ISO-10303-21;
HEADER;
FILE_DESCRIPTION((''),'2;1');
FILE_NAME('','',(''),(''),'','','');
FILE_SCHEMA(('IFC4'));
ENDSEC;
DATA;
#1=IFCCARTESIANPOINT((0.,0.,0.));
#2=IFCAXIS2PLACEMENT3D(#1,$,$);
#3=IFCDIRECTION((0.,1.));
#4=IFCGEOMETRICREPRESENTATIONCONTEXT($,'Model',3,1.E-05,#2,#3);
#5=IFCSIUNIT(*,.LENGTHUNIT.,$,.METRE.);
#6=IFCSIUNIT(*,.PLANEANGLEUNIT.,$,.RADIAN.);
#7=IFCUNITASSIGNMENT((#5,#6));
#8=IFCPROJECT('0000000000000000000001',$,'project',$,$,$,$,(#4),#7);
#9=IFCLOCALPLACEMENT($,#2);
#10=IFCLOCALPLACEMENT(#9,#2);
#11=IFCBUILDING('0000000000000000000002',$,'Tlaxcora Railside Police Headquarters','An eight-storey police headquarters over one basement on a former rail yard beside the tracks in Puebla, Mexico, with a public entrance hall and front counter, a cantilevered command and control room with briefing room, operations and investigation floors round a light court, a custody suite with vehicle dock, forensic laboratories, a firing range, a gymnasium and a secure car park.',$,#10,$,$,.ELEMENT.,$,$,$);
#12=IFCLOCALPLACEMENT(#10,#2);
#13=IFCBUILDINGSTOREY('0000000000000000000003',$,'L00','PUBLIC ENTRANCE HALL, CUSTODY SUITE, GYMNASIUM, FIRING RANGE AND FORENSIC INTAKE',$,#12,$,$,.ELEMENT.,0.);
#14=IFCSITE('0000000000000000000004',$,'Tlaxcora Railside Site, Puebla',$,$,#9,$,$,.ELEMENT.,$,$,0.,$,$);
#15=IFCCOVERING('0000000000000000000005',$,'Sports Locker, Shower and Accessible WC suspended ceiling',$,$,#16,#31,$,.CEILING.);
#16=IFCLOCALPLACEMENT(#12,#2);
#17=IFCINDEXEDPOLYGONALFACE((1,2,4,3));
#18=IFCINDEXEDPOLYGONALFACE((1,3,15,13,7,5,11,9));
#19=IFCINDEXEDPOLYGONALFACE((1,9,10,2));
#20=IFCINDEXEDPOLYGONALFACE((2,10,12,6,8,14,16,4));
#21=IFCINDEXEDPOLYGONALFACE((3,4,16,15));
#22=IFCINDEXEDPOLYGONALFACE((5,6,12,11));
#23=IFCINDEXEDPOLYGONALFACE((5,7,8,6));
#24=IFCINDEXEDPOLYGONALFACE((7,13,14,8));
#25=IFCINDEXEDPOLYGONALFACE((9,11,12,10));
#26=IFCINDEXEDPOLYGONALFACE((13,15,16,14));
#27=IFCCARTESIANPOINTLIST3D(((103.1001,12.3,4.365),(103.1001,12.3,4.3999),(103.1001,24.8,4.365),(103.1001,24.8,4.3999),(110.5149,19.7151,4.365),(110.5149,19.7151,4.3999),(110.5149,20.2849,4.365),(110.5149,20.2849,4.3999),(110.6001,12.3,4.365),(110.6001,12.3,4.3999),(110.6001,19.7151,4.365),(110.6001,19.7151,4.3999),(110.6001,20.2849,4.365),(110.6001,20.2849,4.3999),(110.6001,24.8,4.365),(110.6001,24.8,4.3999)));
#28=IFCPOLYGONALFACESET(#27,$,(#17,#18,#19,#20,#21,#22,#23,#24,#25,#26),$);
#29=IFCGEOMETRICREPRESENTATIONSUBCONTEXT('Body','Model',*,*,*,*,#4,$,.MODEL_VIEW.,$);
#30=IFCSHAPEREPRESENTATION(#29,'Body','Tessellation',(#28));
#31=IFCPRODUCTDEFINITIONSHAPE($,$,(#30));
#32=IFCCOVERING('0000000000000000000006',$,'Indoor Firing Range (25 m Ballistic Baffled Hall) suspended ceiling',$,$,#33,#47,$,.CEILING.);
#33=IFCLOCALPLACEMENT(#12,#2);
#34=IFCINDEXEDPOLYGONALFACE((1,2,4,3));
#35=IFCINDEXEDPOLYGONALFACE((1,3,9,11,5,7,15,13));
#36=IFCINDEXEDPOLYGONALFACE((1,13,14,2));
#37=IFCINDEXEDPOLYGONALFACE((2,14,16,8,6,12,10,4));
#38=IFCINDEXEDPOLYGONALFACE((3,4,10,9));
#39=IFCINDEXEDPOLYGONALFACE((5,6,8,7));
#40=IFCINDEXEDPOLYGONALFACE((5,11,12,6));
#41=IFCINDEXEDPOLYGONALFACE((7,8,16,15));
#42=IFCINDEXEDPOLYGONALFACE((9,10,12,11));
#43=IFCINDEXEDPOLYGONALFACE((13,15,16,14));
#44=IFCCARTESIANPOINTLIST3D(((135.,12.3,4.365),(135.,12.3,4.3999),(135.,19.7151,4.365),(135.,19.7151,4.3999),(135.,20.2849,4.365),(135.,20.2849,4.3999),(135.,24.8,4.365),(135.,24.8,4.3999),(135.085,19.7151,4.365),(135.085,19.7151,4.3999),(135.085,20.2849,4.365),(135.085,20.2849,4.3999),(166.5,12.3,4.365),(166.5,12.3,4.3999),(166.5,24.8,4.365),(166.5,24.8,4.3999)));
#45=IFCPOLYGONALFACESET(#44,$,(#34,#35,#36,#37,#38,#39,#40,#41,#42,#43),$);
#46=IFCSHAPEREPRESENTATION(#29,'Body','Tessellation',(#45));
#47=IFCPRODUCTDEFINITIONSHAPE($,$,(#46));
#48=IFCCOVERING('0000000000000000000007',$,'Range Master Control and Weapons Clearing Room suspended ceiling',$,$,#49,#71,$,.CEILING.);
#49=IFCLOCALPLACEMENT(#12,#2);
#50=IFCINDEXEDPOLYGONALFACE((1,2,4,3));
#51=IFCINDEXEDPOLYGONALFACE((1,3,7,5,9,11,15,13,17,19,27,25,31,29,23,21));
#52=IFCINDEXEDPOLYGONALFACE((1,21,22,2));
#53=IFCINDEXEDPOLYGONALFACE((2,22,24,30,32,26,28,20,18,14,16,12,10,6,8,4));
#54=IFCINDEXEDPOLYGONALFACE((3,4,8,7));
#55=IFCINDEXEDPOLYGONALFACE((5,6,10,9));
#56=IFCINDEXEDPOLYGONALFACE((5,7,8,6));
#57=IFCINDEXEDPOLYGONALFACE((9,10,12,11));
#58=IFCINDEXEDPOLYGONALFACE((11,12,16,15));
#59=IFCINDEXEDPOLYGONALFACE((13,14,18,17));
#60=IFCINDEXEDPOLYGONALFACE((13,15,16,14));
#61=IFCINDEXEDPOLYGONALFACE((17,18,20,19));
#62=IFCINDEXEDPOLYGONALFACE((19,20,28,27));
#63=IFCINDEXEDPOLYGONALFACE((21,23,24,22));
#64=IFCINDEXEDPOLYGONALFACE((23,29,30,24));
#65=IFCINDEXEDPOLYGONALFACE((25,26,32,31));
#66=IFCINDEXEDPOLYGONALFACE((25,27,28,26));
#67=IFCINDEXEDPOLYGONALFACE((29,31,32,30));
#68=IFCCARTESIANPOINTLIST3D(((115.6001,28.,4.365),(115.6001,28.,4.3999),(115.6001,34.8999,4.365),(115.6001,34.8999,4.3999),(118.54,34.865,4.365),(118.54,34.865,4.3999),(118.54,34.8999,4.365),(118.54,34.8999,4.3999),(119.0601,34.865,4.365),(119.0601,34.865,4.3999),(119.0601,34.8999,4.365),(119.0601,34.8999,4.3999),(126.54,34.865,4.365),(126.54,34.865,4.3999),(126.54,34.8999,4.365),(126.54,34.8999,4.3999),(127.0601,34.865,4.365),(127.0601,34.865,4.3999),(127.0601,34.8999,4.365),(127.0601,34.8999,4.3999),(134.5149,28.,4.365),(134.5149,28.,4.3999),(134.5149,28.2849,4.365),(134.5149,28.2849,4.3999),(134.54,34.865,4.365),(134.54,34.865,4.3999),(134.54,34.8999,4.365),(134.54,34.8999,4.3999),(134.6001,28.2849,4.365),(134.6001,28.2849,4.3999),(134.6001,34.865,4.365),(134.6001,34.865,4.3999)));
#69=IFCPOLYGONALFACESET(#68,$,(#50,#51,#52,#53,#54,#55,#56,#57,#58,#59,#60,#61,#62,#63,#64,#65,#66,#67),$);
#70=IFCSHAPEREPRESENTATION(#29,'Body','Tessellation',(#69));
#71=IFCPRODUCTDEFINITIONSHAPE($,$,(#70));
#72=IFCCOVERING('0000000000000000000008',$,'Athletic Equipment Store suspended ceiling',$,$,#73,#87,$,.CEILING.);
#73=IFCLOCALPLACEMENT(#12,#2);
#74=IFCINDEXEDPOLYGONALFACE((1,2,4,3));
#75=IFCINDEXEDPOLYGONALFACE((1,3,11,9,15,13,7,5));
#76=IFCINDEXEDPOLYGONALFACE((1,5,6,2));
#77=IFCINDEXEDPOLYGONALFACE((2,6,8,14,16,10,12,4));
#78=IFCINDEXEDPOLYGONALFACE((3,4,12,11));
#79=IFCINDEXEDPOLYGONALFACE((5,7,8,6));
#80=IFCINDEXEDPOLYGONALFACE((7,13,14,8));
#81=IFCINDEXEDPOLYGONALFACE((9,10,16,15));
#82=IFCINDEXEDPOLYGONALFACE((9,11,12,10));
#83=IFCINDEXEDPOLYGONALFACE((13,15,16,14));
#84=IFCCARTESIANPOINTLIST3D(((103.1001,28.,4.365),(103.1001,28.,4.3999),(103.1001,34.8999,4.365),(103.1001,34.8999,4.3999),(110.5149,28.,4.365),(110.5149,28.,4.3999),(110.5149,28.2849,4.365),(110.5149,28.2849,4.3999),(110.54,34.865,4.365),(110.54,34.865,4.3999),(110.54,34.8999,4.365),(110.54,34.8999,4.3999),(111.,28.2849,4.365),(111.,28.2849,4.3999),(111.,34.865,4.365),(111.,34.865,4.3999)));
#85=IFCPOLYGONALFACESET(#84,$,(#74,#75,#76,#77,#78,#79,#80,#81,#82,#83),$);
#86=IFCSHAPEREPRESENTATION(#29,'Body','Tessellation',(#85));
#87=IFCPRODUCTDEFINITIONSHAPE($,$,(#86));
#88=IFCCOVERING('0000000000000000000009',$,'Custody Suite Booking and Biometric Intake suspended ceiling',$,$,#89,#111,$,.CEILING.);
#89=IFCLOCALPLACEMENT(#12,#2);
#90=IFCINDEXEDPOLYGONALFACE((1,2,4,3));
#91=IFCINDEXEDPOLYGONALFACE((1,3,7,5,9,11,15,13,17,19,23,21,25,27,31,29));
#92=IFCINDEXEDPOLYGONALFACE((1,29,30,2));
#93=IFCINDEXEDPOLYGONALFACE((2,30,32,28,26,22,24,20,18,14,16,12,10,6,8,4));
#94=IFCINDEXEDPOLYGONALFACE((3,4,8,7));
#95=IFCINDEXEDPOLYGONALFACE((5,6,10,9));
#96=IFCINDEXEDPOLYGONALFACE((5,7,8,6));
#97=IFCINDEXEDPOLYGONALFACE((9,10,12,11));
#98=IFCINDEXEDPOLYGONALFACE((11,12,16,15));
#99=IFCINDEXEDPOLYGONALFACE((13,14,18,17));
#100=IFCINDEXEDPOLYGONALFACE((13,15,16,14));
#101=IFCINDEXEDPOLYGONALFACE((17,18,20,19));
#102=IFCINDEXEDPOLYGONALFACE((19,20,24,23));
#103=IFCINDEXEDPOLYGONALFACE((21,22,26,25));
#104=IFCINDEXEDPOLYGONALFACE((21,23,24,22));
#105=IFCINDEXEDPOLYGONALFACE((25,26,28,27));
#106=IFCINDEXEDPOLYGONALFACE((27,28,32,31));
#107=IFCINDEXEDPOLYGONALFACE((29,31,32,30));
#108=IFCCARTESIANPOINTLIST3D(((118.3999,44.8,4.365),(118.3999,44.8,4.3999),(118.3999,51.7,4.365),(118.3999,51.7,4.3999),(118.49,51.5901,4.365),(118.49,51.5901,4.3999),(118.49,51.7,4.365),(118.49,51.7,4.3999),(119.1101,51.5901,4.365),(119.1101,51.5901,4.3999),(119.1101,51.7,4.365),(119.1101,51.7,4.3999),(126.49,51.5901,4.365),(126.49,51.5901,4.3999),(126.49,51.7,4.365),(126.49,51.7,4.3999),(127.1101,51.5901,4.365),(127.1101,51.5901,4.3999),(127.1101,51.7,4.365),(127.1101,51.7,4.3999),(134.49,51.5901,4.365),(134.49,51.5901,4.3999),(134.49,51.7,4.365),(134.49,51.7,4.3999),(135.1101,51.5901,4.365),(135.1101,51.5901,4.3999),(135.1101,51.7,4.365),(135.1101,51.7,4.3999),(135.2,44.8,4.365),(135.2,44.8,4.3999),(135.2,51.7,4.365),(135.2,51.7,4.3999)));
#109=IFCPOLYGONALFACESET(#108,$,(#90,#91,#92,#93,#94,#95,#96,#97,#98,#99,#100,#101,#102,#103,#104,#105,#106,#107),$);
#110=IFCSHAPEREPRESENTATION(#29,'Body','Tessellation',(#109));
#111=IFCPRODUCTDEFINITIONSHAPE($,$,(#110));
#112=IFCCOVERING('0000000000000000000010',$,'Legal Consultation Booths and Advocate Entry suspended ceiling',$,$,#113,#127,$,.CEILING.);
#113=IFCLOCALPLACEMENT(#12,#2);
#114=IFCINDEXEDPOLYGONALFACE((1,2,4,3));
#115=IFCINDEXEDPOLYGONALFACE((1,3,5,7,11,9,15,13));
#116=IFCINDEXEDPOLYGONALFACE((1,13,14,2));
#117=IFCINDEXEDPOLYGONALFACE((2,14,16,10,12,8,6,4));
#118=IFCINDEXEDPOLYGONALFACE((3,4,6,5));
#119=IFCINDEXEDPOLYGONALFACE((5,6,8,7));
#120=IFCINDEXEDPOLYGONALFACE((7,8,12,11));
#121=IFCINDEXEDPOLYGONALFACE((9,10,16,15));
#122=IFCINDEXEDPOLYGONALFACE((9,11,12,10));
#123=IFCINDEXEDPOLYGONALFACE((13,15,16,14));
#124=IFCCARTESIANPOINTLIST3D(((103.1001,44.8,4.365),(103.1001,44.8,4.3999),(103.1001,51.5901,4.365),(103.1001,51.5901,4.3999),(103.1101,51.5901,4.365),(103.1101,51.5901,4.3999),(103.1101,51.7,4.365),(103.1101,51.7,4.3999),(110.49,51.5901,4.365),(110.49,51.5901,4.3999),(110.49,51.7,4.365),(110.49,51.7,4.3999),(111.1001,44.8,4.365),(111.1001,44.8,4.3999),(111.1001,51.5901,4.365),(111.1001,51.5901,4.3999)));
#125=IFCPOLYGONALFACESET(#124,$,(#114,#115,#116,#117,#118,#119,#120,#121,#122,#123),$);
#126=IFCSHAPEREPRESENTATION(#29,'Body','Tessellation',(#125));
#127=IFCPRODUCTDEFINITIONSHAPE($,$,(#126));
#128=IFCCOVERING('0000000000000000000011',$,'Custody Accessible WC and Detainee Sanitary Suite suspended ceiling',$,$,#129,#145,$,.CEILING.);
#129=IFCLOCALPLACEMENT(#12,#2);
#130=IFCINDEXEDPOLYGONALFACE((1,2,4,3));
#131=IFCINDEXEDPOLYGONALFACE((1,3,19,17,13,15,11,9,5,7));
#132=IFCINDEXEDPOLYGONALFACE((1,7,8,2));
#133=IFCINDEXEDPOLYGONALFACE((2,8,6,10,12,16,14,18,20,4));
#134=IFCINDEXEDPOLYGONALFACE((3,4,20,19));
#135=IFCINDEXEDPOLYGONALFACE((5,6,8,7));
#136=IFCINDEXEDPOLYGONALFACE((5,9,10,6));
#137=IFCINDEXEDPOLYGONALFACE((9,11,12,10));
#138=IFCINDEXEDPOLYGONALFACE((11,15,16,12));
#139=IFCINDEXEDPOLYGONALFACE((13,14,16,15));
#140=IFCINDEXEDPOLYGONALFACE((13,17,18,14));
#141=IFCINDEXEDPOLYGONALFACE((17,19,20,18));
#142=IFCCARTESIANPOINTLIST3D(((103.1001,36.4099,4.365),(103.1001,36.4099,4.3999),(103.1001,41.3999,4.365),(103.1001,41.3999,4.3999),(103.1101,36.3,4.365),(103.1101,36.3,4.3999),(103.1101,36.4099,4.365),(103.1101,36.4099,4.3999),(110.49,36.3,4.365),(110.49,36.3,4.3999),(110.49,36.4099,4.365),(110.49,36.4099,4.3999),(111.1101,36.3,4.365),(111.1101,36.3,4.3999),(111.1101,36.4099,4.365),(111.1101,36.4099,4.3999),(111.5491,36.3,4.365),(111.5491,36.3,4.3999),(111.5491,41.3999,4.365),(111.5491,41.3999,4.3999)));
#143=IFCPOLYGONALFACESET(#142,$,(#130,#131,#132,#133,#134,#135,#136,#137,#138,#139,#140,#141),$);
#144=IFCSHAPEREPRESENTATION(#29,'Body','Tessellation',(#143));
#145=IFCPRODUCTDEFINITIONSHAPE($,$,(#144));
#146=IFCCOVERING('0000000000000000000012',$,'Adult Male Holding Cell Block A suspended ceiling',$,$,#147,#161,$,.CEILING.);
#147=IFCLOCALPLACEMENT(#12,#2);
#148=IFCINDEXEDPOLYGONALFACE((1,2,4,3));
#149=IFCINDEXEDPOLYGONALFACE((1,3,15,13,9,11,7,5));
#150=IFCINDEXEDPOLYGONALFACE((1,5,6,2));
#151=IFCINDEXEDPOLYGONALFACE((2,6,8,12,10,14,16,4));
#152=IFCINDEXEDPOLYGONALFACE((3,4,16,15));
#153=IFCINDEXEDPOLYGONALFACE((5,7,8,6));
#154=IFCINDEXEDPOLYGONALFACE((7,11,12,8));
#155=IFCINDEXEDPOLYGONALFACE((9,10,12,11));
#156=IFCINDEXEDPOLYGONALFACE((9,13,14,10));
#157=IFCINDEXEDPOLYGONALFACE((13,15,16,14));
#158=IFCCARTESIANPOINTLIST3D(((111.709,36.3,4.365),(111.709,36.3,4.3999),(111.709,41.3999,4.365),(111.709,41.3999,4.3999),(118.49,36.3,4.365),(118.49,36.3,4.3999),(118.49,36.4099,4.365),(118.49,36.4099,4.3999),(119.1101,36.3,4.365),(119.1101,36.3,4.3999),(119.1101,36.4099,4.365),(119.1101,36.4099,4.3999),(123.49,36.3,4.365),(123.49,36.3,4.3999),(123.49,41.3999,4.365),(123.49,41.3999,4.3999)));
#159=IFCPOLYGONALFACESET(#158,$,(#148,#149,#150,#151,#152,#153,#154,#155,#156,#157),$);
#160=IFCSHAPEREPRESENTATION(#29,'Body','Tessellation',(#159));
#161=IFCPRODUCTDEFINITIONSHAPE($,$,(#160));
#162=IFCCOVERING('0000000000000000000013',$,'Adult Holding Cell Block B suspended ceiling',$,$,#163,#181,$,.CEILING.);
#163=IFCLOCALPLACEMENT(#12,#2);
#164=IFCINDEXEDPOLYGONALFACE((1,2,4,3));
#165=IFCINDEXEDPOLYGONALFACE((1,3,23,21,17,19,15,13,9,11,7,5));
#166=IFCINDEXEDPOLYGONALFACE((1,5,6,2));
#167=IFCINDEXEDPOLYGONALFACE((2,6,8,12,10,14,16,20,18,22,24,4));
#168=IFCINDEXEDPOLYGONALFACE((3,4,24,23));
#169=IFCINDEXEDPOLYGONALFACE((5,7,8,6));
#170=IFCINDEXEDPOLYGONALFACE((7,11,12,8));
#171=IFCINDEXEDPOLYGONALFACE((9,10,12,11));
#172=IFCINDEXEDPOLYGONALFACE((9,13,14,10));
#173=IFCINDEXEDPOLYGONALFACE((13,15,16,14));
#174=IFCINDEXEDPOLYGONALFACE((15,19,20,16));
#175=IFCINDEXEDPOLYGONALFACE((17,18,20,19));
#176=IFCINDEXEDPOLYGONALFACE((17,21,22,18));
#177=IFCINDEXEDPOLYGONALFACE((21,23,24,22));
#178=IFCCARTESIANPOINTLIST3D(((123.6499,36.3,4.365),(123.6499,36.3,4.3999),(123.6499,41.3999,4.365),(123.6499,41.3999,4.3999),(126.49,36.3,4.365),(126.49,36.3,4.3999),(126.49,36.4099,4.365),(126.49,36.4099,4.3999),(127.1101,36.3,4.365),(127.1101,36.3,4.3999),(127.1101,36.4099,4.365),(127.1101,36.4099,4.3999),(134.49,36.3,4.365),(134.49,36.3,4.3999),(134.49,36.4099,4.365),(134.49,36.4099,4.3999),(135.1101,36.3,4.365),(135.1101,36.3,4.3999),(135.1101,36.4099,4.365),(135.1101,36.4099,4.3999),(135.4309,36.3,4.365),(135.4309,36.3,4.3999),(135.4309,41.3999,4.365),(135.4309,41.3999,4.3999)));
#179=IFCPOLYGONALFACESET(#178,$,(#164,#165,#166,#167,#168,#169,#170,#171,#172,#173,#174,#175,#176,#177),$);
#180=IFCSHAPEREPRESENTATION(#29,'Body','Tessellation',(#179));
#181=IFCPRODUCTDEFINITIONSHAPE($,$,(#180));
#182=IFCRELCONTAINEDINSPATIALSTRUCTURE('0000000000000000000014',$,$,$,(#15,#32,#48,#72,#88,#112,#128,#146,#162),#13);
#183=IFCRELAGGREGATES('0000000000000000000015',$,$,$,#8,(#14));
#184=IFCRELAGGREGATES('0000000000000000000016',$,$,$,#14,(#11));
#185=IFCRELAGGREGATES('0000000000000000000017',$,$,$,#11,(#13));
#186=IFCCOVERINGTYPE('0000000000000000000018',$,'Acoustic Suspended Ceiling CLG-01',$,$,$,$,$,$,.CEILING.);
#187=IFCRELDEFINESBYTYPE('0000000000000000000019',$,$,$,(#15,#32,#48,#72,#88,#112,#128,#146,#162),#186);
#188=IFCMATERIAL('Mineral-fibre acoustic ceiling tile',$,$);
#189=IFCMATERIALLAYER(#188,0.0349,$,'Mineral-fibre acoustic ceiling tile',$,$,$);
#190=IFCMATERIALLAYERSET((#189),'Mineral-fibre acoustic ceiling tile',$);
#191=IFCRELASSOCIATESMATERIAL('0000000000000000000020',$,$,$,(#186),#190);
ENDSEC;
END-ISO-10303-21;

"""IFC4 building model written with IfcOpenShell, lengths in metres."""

from ifc_helpers import new_model, si_unit, direction, frame, origin, place, context, subcontext, project, spatial, polyline, outline, extrude, material, layer, layer_set, type_object, element, save


model = new_model("IFC4")

# Units and contexts
model_context = context("Model", 3, precision=1e-05, world=origin(), true_north=direction((0.0, 1.0)))
body_context = subcontext(model_context, "Body", "Model", "MODEL_VIEW")
ifc_project = project(units=[si_unit("LENGTHUNIT", "METRE"), si_unit("PLANEANGLEUNIT", "RADIAN")], contexts=[model_context])

# Site, building, storey
site_placement = place(None, origin())
site = spatial("IfcSite", under=ifc_project, at=site_placement, Name="Tlaxcora Railside Site, Puebla", CompositionType="ELEMENT", RefElevation=0.0)
building_placement = place(site_placement, origin())
building = spatial("IfcBuilding", under=site, at=building_placement, Name="Tlaxcora Railside Police Headquarters", Description="An eight-storey police headquarters over one basement on a former rail yard beside the tracks in Puebla, Mexico, with a public entrance hall and front counter, a cantilevered command and control room with briefing room, operations and investigation floors round a light court, a custody suite with vehicle dock, forensic laboratories, a firing range, a gymnasium and a secure car park.", CompositionType="ELEMENT")
storey_placement = place(building_placement, origin())
storey = spatial("IfcBuildingStorey", under=building, at=storey_placement, Name="L00", Description="PUBLIC ENTRANCE HALL, CUSTODY SUITE, GYMNASIUM, FIRING RANGE AND FORENSIC INTAKE", CompositionType="ELEMENT", Elevation=0.0)

# Coverings
ifc_material_1 = material(Name="Mineral-fibre acoustic ceiling tile")
ifc_layer_1 = layer(ifc_material_1, 0.0349, Name="Mineral-fibre acoustic ceiling tile")
ifc_layer_set_1 = layer_set([ifc_layer_1], Name="Mineral-fibre acoustic ceiling tile")
covering_type_1 = type_object("IfcCoveringType", Name="Acoustic Suspended Ceiling CLG-01", PredefinedType="CEILING", material=ifc_layer_set_1)
covering_1_placement = place(storey_placement, frame((0.0, 0.0, 4.365)))
element("IfcCovering", 1, at=covering_1_placement, inside=storey, type_object=covering_type_1, Name="Sports Locker, Shower and Accessible WC suspended ceiling", PredefinedType="CEILING", context=body_context, shape_type="SweptSolid", body=[
    extrude(outline(polyline([(103.1001, 12.3), (110.6001, 12.3), (110.6001, 19.7151), (110.5149, 19.7151), (110.5149, 20.2849), (110.6001, 20.2849), (110.6001, 24.8), (103.1001, 24.8), (103.1001, 12.3)])), origin(), (0.0, 0.0, 1.0), 0.0349),
])
covering_2_placement = place(storey_placement, frame((0.0, 0.0, 4.365)))
element("IfcCovering", 2, at=covering_2_placement, inside=storey, type_object=covering_type_1, Name="Indoor Firing Range (25 m Ballistic Baffled Hall) suspended ceiling", PredefinedType="CEILING", context=body_context, shape_type="SweptSolid", body=[
    extrude(outline(polyline([(135.0, 12.3), (166.5, 12.3), (166.5, 24.8), (135.0, 24.8), (135.0, 20.2849), (135.085, 20.2849), (135.085, 19.7151), (135.0, 19.7151), (135.0, 12.3)])), origin(), (0.0, 0.0, 1.0), 0.0349),
])
covering_3_placement = place(storey_placement, frame((0.0, 0.0, 4.365)))
element("IfcCovering", 3, at=covering_3_placement, inside=storey, type_object=covering_type_1, Name="Range Master Control and Weapons Clearing Room suspended ceiling", PredefinedType="CEILING", context=body_context, shape_type="SweptSolid", body=[
    extrude(outline(polyline([(118.54, 34.865), (118.54, 34.8999), (115.6001, 34.8999), (115.6001, 28.0), (134.5149, 28.0), (134.5149, 28.2849), (134.6001, 28.2849), (134.6001, 34.865), (134.54, 34.865), (134.54, 34.8999), (127.0601, 34.8999), (127.0601, 34.865), (126.54, 34.865), (126.54, 34.8999), (119.0601, 34.8999), (119.0601, 34.865), (118.54, 34.865)])), origin(), (0.0, 0.0, 1.0), 0.0349),
])
covering_4_placement = place(storey_placement, frame((0.0, 0.0, 4.365)))
element("IfcCovering", 4, at=covering_4_placement, inside=storey, type_object=covering_type_1, Name="Athletic Equipment Store suspended ceiling", PredefinedType="CEILING", context=body_context, shape_type="SweptSolid", body=[
    extrude(outline(polyline([(103.1001, 34.8999), (103.1001, 28.0), (110.5149, 28.0), (110.5149, 28.2849), (111.0, 28.2849), (111.0, 34.865), (110.54, 34.865), (110.54, 34.8999), (103.1001, 34.8999)])), origin(), (0.0, 0.0, 1.0), 0.0349),
])
covering_5_placement = place(storey_placement, frame((0.0, 0.0, 4.365)))
element("IfcCovering", 5, at=covering_5_placement, inside=storey, type_object=covering_type_1, Name="Custody Suite Booking and Biometric Intake suspended ceiling", PredefinedType="CEILING", context=body_context, shape_type="SweptSolid", body=[
    extrude(outline(polyline([(118.49, 51.7), (118.3999, 51.7), (118.3999, 44.8), (135.2, 44.8), (135.2, 51.7), (135.1101, 51.7), (135.1101, 51.5901), (134.49, 51.5901), (134.49, 51.7), (127.1101, 51.7), (127.1101, 51.5901), (126.49, 51.5901), (126.49, 51.7), (119.1101, 51.7), (119.1101, 51.5901), (118.49, 51.5901), (118.49, 51.7)])), origin(), (0.0, 0.0, 1.0), 0.0349),
])
covering_6_placement = place(storey_placement, frame((0.0, 0.0, 4.365)))
element("IfcCovering", 6, at=covering_6_placement, inside=storey, type_object=covering_type_1, Name="Legal Consultation Booths and Advocate Entry suspended ceiling", PredefinedType="CEILING", context=body_context, shape_type="SweptSolid", body=[
    extrude(outline(polyline([(103.1001, 51.5901), (103.1001, 44.8), (111.1001, 44.8), (111.1001, 51.5901), (110.49, 51.5901), (110.49, 51.7), (103.1101, 51.7), (103.1101, 51.5901), (103.1001, 51.5901)])), origin(), (0.0, 0.0, 1.0), 0.0349),
])
covering_7_placement = place(storey_placement, frame((0.0, 0.0, 4.365)))
element("IfcCovering", 7, at=covering_7_placement, inside=storey, type_object=covering_type_1, Name="Custody Accessible WC and Detainee Sanitary Suite suspended ceiling", PredefinedType="CEILING", context=body_context, shape_type="SweptSolid", body=[
    extrude(outline(polyline([(103.1001, 41.3999), (103.1001, 36.4099), (103.1101, 36.4099), (103.1101, 36.3), (110.49, 36.3), (110.49, 36.4099), (111.1101, 36.4099), (111.1101, 36.3), (111.5491, 36.3), (111.5491, 41.3999), (103.1001, 41.3999)])), origin(), (0.0, 0.0, 1.0), 0.0349),
])
covering_8_placement = place(storey_placement, frame((0.0, 0.0, 4.365)))
element("IfcCovering", 8, at=covering_8_placement, inside=storey, type_object=covering_type_1, Name="Adult Male Holding Cell Block A suspended ceiling", PredefinedType="CEILING", context=body_context, shape_type="SweptSolid", body=[
    extrude(outline(polyline([(111.709, 36.3), (118.49, 36.3), (118.49, 36.4099), (119.1101, 36.4099), (119.1101, 36.3), (123.49, 36.3), (123.49, 41.3999), (111.709, 41.3999), (111.709, 36.3)])), origin(), (0.0, 0.0, 1.0), 0.0349),
])
covering_9_placement = place(storey_placement, frame((0.0, 0.0, 4.365)))
element("IfcCovering", 9, at=covering_9_placement, inside=storey, type_object=covering_type_1, Name="Adult Holding Cell Block B suspended ceiling", PredefinedType="CEILING", context=body_context, shape_type="SweptSolid", body=[
    extrude(outline(polyline([(123.6499, 41.3999), (123.6499, 36.3), (126.49, 36.3), (126.49, 36.4099), (127.1101, 36.4099), (127.1101, 36.3), (134.49, 36.3), (134.49, 36.4099), (135.1101, 36.4099), (135.1101, 36.3), (135.4309, 36.3), (135.4309, 41.3999), (123.6499, 41.3999)])), origin(), (0.0, 0.0, 1.0), 0.0349),
])

save(model, "model.ifc")
